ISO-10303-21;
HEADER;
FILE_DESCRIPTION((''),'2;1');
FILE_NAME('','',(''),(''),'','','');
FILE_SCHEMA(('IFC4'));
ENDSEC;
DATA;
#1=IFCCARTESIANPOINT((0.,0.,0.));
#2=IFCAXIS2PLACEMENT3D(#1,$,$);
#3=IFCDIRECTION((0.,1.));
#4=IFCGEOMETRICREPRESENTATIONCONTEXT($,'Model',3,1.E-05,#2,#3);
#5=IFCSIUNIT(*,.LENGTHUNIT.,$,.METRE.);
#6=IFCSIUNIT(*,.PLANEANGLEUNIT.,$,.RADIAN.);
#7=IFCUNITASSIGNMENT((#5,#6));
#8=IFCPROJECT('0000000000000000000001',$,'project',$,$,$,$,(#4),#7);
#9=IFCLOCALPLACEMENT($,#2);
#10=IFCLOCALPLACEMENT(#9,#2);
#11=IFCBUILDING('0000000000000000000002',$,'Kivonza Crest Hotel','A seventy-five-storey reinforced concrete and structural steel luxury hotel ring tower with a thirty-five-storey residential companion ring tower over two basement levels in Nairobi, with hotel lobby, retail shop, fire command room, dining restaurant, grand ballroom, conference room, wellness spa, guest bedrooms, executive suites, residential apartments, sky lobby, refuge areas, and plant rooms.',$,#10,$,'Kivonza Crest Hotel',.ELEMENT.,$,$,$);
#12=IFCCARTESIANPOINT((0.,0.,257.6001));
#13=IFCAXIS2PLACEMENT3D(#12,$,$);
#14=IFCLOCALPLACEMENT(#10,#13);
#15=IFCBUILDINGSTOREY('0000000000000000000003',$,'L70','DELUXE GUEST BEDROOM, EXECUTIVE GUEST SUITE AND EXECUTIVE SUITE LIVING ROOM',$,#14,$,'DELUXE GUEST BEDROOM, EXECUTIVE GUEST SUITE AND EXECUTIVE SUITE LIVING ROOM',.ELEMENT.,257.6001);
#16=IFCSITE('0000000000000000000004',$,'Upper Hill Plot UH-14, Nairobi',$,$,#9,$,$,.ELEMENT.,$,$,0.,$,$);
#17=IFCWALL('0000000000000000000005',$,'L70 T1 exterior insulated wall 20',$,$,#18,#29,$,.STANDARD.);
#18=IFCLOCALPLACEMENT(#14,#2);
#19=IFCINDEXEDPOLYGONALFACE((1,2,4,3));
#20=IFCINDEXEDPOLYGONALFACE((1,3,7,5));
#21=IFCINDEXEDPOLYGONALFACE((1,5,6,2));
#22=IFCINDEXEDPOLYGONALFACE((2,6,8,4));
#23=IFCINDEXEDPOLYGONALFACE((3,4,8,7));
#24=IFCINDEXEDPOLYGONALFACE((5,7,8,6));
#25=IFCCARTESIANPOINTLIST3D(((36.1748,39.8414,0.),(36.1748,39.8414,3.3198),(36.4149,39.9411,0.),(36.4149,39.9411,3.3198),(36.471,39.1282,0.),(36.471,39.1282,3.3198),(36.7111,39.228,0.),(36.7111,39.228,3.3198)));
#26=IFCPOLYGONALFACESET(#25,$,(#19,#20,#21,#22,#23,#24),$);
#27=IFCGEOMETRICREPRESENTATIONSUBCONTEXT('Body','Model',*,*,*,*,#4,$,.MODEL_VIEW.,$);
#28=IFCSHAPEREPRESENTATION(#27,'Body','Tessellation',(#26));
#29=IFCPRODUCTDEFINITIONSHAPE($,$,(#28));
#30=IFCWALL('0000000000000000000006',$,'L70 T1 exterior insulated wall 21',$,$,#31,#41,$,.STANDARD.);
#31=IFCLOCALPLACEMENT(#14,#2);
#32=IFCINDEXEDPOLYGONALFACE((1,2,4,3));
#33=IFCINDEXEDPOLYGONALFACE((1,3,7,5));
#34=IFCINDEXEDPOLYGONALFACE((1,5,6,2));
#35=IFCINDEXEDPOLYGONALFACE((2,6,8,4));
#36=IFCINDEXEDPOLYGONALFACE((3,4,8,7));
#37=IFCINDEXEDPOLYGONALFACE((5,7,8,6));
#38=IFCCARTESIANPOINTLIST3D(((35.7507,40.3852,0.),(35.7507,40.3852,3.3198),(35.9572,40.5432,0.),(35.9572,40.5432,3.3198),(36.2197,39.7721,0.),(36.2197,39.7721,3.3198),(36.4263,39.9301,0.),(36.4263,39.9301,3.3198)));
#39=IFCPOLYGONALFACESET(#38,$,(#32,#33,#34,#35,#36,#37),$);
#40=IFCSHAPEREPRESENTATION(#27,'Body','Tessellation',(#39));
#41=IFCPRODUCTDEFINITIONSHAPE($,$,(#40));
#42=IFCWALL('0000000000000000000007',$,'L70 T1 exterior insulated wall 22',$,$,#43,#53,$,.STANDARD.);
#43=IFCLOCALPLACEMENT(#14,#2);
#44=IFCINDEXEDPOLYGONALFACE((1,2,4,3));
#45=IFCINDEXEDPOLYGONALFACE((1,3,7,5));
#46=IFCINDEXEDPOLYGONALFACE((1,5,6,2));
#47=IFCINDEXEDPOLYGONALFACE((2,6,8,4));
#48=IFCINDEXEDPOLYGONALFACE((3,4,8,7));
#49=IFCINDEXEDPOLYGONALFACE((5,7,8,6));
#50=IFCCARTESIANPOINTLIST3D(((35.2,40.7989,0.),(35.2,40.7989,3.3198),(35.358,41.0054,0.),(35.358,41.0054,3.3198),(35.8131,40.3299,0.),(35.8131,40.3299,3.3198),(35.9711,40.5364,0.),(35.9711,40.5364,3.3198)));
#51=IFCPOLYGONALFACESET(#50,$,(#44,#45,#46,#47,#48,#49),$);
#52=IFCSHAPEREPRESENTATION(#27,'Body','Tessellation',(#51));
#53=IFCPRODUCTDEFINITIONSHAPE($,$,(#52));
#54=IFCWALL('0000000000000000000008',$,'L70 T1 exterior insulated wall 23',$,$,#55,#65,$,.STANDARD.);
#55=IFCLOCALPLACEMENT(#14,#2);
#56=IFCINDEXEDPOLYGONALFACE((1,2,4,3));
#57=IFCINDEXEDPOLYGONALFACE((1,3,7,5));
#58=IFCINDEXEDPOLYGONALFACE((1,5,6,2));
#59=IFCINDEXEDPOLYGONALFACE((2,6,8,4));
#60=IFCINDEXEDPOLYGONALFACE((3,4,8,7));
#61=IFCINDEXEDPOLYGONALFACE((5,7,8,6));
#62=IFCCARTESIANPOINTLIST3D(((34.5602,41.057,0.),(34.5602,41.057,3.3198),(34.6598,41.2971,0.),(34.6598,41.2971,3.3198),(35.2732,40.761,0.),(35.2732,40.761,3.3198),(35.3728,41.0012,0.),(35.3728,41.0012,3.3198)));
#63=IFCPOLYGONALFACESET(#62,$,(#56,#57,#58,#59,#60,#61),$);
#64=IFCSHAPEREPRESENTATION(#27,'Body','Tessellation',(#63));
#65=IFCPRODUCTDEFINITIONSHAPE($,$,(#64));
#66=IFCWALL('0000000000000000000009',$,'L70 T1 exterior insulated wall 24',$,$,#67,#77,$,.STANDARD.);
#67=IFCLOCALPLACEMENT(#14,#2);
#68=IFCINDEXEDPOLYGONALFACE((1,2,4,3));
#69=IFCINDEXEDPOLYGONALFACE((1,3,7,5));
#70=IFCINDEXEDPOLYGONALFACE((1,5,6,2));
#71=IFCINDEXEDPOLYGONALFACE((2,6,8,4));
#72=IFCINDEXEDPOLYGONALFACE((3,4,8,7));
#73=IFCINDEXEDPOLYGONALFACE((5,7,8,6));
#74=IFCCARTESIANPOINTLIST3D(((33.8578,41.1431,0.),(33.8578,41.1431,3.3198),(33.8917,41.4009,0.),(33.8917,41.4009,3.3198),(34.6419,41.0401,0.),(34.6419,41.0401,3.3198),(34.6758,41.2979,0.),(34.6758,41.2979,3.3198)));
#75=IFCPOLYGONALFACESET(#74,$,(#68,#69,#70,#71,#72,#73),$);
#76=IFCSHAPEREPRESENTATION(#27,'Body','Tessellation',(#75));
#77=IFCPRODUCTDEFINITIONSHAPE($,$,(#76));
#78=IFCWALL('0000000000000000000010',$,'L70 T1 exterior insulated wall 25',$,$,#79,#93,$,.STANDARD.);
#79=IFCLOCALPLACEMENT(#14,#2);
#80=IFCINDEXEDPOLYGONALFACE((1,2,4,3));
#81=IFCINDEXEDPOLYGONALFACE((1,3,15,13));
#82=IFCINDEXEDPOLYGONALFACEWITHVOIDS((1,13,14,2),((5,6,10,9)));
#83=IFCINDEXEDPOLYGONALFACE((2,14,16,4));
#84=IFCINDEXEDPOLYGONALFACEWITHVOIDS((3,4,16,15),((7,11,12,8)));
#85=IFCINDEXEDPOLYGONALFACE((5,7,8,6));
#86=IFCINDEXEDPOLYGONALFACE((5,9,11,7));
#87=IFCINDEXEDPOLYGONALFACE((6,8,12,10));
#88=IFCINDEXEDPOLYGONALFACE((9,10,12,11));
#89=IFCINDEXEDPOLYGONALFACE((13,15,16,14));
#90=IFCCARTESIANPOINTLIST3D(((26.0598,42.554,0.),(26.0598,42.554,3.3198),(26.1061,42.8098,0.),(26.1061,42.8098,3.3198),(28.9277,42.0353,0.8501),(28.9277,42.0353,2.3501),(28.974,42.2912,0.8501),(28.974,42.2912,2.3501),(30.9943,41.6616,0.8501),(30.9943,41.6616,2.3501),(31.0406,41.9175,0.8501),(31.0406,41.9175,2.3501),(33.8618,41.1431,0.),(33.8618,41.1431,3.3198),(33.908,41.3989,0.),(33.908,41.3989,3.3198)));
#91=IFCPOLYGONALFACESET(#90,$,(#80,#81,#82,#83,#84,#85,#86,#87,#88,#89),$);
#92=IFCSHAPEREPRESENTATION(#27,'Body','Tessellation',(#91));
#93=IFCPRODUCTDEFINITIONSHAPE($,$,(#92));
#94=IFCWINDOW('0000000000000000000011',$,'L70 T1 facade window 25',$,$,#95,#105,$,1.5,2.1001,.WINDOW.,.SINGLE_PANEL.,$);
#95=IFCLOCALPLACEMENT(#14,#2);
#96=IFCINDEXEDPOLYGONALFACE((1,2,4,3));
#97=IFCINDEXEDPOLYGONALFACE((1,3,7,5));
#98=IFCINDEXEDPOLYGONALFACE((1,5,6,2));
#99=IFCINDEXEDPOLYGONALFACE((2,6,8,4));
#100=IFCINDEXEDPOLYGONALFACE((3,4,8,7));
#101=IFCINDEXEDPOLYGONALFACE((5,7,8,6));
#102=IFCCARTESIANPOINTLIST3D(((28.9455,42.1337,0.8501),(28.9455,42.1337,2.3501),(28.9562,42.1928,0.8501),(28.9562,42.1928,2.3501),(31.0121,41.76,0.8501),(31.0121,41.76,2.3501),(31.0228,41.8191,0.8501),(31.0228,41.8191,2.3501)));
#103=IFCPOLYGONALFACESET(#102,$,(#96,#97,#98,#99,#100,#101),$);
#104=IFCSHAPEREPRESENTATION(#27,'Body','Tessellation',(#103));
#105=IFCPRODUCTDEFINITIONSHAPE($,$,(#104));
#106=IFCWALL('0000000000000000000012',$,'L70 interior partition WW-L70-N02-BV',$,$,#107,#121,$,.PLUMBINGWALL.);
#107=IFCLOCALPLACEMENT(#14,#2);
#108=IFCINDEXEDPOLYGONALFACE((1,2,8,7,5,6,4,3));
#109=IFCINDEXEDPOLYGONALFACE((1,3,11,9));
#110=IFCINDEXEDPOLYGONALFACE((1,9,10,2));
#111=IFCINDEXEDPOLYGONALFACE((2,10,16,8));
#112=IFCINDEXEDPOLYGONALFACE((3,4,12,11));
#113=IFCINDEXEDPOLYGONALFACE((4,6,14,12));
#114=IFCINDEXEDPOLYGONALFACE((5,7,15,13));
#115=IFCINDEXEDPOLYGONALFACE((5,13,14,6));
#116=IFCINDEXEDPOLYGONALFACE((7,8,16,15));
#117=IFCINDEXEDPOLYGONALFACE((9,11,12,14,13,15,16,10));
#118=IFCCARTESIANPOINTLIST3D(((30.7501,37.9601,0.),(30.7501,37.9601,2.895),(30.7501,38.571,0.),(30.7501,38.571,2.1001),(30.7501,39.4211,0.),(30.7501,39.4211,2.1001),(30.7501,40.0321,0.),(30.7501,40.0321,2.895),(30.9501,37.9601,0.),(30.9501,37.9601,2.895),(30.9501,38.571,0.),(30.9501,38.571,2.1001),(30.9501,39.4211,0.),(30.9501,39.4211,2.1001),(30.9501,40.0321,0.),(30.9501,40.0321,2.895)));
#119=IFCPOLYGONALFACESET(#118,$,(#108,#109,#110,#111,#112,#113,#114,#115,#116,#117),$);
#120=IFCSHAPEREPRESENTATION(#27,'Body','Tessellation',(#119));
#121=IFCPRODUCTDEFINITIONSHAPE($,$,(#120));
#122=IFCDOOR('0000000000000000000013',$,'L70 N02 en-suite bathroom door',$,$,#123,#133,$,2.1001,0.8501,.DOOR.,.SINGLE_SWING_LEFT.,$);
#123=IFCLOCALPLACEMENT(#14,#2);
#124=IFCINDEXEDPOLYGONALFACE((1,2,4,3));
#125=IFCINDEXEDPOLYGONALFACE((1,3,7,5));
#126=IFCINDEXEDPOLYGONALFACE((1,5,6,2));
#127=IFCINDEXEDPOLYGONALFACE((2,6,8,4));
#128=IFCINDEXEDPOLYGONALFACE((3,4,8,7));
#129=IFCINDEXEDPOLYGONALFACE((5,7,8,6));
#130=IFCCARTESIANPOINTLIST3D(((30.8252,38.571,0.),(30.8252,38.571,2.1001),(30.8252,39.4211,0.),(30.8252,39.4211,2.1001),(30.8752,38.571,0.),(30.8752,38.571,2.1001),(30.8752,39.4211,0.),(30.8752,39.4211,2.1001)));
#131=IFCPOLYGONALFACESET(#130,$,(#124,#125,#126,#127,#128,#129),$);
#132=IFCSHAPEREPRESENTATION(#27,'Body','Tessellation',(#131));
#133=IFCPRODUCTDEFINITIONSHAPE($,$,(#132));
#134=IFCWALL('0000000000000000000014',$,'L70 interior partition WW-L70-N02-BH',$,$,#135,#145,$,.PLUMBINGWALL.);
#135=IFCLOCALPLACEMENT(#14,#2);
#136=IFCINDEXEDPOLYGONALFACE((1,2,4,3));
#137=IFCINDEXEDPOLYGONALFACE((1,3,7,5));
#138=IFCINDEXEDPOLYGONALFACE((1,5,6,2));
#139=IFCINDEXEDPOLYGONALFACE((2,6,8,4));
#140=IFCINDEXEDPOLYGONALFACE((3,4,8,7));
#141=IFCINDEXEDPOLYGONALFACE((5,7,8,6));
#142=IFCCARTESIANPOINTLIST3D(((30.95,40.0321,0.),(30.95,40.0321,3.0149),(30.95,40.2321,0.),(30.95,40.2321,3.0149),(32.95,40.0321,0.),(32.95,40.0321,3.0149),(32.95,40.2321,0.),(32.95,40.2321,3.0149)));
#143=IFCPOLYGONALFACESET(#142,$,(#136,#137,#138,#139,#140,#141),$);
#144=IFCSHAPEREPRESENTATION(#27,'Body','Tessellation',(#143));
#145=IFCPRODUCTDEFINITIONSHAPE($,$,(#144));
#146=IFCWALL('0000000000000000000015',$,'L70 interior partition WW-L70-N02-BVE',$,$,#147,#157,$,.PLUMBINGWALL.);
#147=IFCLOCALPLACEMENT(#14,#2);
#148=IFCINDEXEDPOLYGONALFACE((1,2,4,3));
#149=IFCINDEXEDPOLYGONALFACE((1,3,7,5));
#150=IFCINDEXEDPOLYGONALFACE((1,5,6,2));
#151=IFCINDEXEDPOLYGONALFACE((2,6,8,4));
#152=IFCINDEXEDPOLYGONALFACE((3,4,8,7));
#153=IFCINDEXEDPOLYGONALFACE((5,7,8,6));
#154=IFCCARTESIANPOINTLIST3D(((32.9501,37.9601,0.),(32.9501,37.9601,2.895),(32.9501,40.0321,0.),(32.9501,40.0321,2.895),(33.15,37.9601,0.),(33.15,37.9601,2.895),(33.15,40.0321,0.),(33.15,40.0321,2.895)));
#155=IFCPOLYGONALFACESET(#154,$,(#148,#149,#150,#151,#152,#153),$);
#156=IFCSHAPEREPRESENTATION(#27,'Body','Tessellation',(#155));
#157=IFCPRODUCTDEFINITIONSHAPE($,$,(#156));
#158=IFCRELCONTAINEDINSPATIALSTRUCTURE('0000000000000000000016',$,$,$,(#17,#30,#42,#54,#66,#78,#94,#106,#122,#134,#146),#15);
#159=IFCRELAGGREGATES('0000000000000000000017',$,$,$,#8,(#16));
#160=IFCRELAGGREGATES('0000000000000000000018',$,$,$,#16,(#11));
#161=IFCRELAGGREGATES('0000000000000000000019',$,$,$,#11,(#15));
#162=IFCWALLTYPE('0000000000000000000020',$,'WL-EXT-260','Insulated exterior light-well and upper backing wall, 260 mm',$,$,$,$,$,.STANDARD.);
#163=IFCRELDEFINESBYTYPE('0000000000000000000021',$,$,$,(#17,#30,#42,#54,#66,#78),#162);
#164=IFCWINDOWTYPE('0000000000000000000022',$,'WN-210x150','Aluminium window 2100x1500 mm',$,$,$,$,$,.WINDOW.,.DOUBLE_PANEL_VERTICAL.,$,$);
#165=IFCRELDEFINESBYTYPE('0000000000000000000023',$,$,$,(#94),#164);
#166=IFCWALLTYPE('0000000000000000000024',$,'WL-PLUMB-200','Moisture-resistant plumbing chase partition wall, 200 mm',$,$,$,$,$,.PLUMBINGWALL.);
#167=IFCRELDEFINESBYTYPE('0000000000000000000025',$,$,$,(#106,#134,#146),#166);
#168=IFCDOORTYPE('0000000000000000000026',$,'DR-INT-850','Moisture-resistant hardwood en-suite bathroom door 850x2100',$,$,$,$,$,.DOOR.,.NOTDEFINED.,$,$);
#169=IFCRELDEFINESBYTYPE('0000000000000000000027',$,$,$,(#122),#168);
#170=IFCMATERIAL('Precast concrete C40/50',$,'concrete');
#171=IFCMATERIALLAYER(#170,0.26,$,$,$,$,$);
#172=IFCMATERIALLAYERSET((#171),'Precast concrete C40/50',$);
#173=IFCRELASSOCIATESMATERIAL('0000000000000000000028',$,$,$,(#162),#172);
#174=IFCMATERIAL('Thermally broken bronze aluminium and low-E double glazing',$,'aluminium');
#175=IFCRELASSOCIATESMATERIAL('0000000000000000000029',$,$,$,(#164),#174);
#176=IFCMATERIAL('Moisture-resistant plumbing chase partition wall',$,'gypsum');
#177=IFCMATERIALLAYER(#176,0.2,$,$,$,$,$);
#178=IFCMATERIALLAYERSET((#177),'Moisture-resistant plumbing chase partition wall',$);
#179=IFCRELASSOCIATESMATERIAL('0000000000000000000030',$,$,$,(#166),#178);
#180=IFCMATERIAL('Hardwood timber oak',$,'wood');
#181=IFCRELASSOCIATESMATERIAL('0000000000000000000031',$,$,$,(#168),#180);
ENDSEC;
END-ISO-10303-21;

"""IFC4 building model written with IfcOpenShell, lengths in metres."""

from ifc_helpers import new_model, si_unit, direction, frame, frame_2d, origin, place, context, subcontext, project, spatial, rectangle, extrude, material, layer, layer_set, type_object, element, fill, save


model = new_model("IFC4")

# Units and contexts
model_context = context("Model", 3, precision=1e-05, world=origin(), true_north=direction((0.0, 1.0)))
body_context = subcontext(model_context, "Body", "Model", "MODEL_VIEW")
ifc_project = project(units=[si_unit("LENGTHUNIT", "METRE"), si_unit("PLANEANGLEUNIT", "RADIAN")], contexts=[model_context])

# Site, building, storey
site_placement = place(None, origin())
site = spatial("IfcSite", under=ifc_project, at=site_placement, Name="Upper Hill Plot UH-14, Nairobi", CompositionType="ELEMENT", RefElevation=0.0)
building_placement = place(site_placement, origin())
building = spatial("IfcBuilding", under=site, at=building_placement, Name="Kivonza Crest Hotel", Description="A seventy-five-storey reinforced concrete and structural steel luxury hotel ring tower with a thirty-five-storey residential companion ring tower over two basement levels in Nairobi, with hotel lobby, retail shop, fire command room, dining restaurant, grand ballroom, conference room, wellness spa, guest bedrooms, executive suites, residential apartments, sky lobby, refuge areas, and plant rooms.", LongName="Kivonza Crest Hotel", CompositionType="ELEMENT")
storey_placement = place(building_placement, frame((0.0, 0.0, 257.6001)))
storey = spatial("IfcBuildingStorey", under=building, at=storey_placement, Name="L70", Description="DELUXE GUEST BEDROOM, EXECUTIVE GUEST SUITE AND EXECUTIVE SUITE LIVING ROOM", LongName="DELUXE GUEST BEDROOM, EXECUTIVE GUEST SUITE AND EXECUTIVE SUITE LIVING ROOM", CompositionType="ELEMENT", Elevation=257.6001)

# Shared definitions
ifc_material_1 = material(Name="Hardwood timber oak", Category="wood")

# Walls
ifc_material_2 = material(Name="Precast concrete C40/50", Category="concrete")
ifc_layer_1 = layer(ifc_material_2, 0.26)
ifc_layer_set_1 = layer_set([ifc_layer_1], Name="Precast concrete C40/50")
wall_type_1 = type_object("IfcWallType", Name="WL-EXT-260", Description="Insulated exterior light-well and upper backing wall, 260 mm", PredefinedType="STANDARD", material=ifc_layer_set_1)
wall_1_placement = place(storey_placement, frame((36.5911, 39.178, 0.0), z_axis=(0.0, 0.0, 1.0), x_axis=(-0.383515, 0.923535, 0.0)))
element("IfcWall", 1, at=wall_1_placement, inside=storey, type_object=wall_type_1, Name="L70 T1 exterior insulated wall 20", PredefinedType="STANDARD", context=body_context, shape_type="SweptSolid", body=[
    extrude(rectangle(XDim=0.7722, YDim=0.26, at=frame_2d((0.3862, 0.0))), origin(), (0.0, 0.0, 1.0), 3.3198),
])
for number, where, z_axis, x_axis, name in (
    (2, (36.323, 39.8511, 0.0), (0.0, 0.0, 1.0), (-0.607614, 0.794232, 0.0), "L70 T1 exterior insulated wall 21"),
    (3, (35.8921, 40.4331, 0.0), (0.0, 0.0, 1.0), (-0.794232, 0.607614, 0.0), "L70 T1 exterior insulated wall 22"),
    (4, (35.323, 40.8811, 0.0), (0.0, 0.0, 1.0), (-0.9236, 0.383357, 0.0), "L70 T1 exterior insulated wall 23"),
):
    element("IfcWall", number, at=place(storey_placement, frame(where, z_axis=z_axis, x_axis=x_axis)), inside=storey, type_object=wall_type_1, Name=name, PredefinedType="STANDARD", context=body_context, shape_type="SweptSolid", body=[
        extrude(rectangle(XDim=0.772, YDim=0.26, at=frame_2d((0.386, 0.0))), origin(), (0.0, 0.0, 1.0), 3.3198),
    ])
wall_2_placement = place(storey_placement, frame((34.6589, 41.1689, 0.0), z_axis=(0.0, 0.0, 1.0), x_axis=(-0.991474, 0.130303, 0.0)))
element("IfcWall", 5, at=wall_2_placement, inside=storey, type_object=wall_type_1, Name="L70 T1 exterior insulated wall 24", PredefinedType="STANDARD", context=body_context, shape_type="SweptSolid", body=[
    extrude(rectangle(XDim=0.7908, YDim=0.26, at=frame_2d((0.3955, 0.0))), origin(), (0.0, 0.0, 1.0), 3.3198),
])

# Wall, opening, window
wall_3_placement = place(storey_placement, frame((33.885, 41.271, 0.0), z_axis=(0.0, 0.0, 1.0), x_axis=(-0.984039, 0.17795, 0.0)))
wall_3 = element("IfcWall", 6, at=wall_3_placement, inside=storey, type_object=wall_type_1, Name="L70 T1 exterior insulated wall 25", PredefinedType="STANDARD", context=body_context, shape_type="SweptSolid", body=[
    extrude(rectangle(XDim=7.9285, YDim=0.26, at=frame_2d((3.9644, 0.0))), origin(), (0.0, 0.0, 1.0), 3.3198),
])
opening_1_placement = place(wall_3_placement, frame((2.9141, 0.0, 0.8501)))
opening_1 = element("IfcOpeningElement", 7, at=opening_1_placement, cuts=wall_3, PredefinedType="OPENING", context=body_context, shape_type="SweptSolid", body=[
    extrude(rectangle(XDim=2.1001, YDim=1.5, at=frame_2d((1.05, 0.75))), frame((0.0, 0.1401, 0.0), z_axis=(0.0, -1.0, 0.0), x_axis=(1.0, 0.0, 0.0)), (0.0, 0.0, 1.0), 0.28),
])
ifc_material_3 = material(Name="Thermally broken bronze aluminium and low-E double glazing", Category="aluminium")
window_type = type_object("IfcWindowType", Name="WN-210x150", Description="Aluminium window 2100x1500 mm", PartitioningType="DOUBLE_PANEL_VERTICAL", PredefinedType="WINDOW", material=ifc_material_3)
window_placement = place(opening_1_placement, origin())
window = element("IfcWindow", 8, at=window_placement, inside=storey, type_object=window_type, Name="L70 T1 facade window 25", OverallHeight=1.5, OverallWidth=2.1001, PartitioningType="SINGLE_PANEL", PredefinedType="WINDOW", context=body_context, shape_type="SweptSolid", body=[
    extrude(rectangle(XDim=2.1001, YDim=1.5, at=frame_2d((1.05, 0.75))), frame((0.0, 0.03, 0.0), z_axis=(0.0, -1.0, 0.0), x_axis=(1.0, 0.0, 0.0)), (0.0, 0.0, 1.0), 0.0601),
])
fill(opening_1, window)

# Wall, opening, door
ifc_material_4 = material(Name="Moisture-resistant plumbing chase partition wall", Category="gypsum")
ifc_layer_2 = layer(ifc_material_4, 0.2)
ifc_layer_set_2 = layer_set([ifc_layer_2], Name="Moisture-resistant plumbing chase partition wall")
wall_type_2 = type_object("IfcWallType", Name="WL-PLUMB-200", Description="Moisture-resistant plumbing chase partition wall, 200 mm", PredefinedType="PLUMBINGWALL", material=ifc_layer_set_2)
wall_4_placement = place(storey_placement, frame((30.8501, 37.96, 0.0), z_axis=(0.0, 0.0, 1.0), x_axis=(0.0, 1.0, 0.0)))
wall_4 = element("IfcWall", 9, at=wall_4_placement, inside=storey, type_object=wall_type_2, Name="L70 interior partition WW-L70-N02-BV", PredefinedType="PLUMBINGWALL", context=body_context, shape_type="SweptSolid", body=[
    extrude(rectangle(XDim=2.072, YDim=0.2, at=frame_2d((1.0361, 0.0))), origin(), (0.0, 0.0, 1.0), 2.895),
])
opening_2_placement = place(wall_4_placement, frame((0.6111, 0.0, 0.0)))
opening_2 = element("IfcOpeningElement", 10, at=opening_2_placement, cuts=wall_4, PredefinedType="OPENING", context=body_context, shape_type="SweptSolid", body=[
    extrude(rectangle(XDim=0.8501, YDim=2.1001, at=frame_2d((0.425, 1.05))), frame((0.0, 0.1099, 0.0), z_axis=(0.0, -1.0, 0.0), x_axis=(1.0, 0.0, 0.0)), (0.0, 0.0, 1.0), 0.22),
])
door_type_1 = type_object("IfcDoorType", Name="DR-INT-850", Description="Moisture-resistant hardwood en-suite bathroom door 850x2100", OperationType="NOTDEFINED", PredefinedType="DOOR", material=ifc_material_1)
door_1_placement = place(opening_2_placement, origin())
door_1 = element("IfcDoor", 11, at=door_1_placement, inside=storey, type_object=door_type_1, Name="L70 N02 en-suite bathroom door", OperationType="SINGLE_SWING_LEFT", OverallHeight=2.1001, OverallWidth=0.8501, PredefinedType="DOOR", context=body_context, shape_type="SweptSolid", body=[
    extrude(rectangle(XDim=0.8501, YDim=2.1001, at=frame_2d((0.425, 1.05))), frame((0.0, 0.0249, 0.0), z_axis=(0.0, -1.0, 0.0), x_axis=(1.0, 0.0, 0.0)), (0.0, 0.0, 1.0), 0.05),
])
fill(opening_2, door_1)

# Walls
wall_5_placement = place(storey_placement, frame((30.95, 40.1321, 0.0), z_axis=(0.0, 0.0, 1.0), x_axis=(1.0, 0.0, 0.0)))
element("IfcWall", 12, at=wall_5_placement, inside=storey, type_object=wall_type_2, Name="L70 interior partition WW-L70-N02-BH", PredefinedType="PLUMBINGWALL", context=body_context, shape_type="SweptSolid", body=[
    extrude(rectangle(XDim=2.0, YDim=0.2, at=frame_2d((1.0, 0.0))), origin(), (0.0, 0.0, 1.0), 3.0149),
])
wall_6_placement = place(storey_placement, frame((33.05, 37.96, 0.0), z_axis=(0.0, 0.0, 1.0), x_axis=(0.0, 1.0, 0.0)))
element("IfcWall", 13, at=wall_6_placement, inside=storey, type_object=wall_type_2, Name="L70 interior partition WW-L70-N02-BVE", PredefinedType="PLUMBINGWALL", context=body_context, shape_type="SweptSolid", body=[
    extrude(rectangle(XDim=2.072, YDim=0.2, at=frame_2d((1.0361, 0.0))), origin(), (0.0, 0.0, 1.0), 2.895),
])

save(model, "model.ifc")
